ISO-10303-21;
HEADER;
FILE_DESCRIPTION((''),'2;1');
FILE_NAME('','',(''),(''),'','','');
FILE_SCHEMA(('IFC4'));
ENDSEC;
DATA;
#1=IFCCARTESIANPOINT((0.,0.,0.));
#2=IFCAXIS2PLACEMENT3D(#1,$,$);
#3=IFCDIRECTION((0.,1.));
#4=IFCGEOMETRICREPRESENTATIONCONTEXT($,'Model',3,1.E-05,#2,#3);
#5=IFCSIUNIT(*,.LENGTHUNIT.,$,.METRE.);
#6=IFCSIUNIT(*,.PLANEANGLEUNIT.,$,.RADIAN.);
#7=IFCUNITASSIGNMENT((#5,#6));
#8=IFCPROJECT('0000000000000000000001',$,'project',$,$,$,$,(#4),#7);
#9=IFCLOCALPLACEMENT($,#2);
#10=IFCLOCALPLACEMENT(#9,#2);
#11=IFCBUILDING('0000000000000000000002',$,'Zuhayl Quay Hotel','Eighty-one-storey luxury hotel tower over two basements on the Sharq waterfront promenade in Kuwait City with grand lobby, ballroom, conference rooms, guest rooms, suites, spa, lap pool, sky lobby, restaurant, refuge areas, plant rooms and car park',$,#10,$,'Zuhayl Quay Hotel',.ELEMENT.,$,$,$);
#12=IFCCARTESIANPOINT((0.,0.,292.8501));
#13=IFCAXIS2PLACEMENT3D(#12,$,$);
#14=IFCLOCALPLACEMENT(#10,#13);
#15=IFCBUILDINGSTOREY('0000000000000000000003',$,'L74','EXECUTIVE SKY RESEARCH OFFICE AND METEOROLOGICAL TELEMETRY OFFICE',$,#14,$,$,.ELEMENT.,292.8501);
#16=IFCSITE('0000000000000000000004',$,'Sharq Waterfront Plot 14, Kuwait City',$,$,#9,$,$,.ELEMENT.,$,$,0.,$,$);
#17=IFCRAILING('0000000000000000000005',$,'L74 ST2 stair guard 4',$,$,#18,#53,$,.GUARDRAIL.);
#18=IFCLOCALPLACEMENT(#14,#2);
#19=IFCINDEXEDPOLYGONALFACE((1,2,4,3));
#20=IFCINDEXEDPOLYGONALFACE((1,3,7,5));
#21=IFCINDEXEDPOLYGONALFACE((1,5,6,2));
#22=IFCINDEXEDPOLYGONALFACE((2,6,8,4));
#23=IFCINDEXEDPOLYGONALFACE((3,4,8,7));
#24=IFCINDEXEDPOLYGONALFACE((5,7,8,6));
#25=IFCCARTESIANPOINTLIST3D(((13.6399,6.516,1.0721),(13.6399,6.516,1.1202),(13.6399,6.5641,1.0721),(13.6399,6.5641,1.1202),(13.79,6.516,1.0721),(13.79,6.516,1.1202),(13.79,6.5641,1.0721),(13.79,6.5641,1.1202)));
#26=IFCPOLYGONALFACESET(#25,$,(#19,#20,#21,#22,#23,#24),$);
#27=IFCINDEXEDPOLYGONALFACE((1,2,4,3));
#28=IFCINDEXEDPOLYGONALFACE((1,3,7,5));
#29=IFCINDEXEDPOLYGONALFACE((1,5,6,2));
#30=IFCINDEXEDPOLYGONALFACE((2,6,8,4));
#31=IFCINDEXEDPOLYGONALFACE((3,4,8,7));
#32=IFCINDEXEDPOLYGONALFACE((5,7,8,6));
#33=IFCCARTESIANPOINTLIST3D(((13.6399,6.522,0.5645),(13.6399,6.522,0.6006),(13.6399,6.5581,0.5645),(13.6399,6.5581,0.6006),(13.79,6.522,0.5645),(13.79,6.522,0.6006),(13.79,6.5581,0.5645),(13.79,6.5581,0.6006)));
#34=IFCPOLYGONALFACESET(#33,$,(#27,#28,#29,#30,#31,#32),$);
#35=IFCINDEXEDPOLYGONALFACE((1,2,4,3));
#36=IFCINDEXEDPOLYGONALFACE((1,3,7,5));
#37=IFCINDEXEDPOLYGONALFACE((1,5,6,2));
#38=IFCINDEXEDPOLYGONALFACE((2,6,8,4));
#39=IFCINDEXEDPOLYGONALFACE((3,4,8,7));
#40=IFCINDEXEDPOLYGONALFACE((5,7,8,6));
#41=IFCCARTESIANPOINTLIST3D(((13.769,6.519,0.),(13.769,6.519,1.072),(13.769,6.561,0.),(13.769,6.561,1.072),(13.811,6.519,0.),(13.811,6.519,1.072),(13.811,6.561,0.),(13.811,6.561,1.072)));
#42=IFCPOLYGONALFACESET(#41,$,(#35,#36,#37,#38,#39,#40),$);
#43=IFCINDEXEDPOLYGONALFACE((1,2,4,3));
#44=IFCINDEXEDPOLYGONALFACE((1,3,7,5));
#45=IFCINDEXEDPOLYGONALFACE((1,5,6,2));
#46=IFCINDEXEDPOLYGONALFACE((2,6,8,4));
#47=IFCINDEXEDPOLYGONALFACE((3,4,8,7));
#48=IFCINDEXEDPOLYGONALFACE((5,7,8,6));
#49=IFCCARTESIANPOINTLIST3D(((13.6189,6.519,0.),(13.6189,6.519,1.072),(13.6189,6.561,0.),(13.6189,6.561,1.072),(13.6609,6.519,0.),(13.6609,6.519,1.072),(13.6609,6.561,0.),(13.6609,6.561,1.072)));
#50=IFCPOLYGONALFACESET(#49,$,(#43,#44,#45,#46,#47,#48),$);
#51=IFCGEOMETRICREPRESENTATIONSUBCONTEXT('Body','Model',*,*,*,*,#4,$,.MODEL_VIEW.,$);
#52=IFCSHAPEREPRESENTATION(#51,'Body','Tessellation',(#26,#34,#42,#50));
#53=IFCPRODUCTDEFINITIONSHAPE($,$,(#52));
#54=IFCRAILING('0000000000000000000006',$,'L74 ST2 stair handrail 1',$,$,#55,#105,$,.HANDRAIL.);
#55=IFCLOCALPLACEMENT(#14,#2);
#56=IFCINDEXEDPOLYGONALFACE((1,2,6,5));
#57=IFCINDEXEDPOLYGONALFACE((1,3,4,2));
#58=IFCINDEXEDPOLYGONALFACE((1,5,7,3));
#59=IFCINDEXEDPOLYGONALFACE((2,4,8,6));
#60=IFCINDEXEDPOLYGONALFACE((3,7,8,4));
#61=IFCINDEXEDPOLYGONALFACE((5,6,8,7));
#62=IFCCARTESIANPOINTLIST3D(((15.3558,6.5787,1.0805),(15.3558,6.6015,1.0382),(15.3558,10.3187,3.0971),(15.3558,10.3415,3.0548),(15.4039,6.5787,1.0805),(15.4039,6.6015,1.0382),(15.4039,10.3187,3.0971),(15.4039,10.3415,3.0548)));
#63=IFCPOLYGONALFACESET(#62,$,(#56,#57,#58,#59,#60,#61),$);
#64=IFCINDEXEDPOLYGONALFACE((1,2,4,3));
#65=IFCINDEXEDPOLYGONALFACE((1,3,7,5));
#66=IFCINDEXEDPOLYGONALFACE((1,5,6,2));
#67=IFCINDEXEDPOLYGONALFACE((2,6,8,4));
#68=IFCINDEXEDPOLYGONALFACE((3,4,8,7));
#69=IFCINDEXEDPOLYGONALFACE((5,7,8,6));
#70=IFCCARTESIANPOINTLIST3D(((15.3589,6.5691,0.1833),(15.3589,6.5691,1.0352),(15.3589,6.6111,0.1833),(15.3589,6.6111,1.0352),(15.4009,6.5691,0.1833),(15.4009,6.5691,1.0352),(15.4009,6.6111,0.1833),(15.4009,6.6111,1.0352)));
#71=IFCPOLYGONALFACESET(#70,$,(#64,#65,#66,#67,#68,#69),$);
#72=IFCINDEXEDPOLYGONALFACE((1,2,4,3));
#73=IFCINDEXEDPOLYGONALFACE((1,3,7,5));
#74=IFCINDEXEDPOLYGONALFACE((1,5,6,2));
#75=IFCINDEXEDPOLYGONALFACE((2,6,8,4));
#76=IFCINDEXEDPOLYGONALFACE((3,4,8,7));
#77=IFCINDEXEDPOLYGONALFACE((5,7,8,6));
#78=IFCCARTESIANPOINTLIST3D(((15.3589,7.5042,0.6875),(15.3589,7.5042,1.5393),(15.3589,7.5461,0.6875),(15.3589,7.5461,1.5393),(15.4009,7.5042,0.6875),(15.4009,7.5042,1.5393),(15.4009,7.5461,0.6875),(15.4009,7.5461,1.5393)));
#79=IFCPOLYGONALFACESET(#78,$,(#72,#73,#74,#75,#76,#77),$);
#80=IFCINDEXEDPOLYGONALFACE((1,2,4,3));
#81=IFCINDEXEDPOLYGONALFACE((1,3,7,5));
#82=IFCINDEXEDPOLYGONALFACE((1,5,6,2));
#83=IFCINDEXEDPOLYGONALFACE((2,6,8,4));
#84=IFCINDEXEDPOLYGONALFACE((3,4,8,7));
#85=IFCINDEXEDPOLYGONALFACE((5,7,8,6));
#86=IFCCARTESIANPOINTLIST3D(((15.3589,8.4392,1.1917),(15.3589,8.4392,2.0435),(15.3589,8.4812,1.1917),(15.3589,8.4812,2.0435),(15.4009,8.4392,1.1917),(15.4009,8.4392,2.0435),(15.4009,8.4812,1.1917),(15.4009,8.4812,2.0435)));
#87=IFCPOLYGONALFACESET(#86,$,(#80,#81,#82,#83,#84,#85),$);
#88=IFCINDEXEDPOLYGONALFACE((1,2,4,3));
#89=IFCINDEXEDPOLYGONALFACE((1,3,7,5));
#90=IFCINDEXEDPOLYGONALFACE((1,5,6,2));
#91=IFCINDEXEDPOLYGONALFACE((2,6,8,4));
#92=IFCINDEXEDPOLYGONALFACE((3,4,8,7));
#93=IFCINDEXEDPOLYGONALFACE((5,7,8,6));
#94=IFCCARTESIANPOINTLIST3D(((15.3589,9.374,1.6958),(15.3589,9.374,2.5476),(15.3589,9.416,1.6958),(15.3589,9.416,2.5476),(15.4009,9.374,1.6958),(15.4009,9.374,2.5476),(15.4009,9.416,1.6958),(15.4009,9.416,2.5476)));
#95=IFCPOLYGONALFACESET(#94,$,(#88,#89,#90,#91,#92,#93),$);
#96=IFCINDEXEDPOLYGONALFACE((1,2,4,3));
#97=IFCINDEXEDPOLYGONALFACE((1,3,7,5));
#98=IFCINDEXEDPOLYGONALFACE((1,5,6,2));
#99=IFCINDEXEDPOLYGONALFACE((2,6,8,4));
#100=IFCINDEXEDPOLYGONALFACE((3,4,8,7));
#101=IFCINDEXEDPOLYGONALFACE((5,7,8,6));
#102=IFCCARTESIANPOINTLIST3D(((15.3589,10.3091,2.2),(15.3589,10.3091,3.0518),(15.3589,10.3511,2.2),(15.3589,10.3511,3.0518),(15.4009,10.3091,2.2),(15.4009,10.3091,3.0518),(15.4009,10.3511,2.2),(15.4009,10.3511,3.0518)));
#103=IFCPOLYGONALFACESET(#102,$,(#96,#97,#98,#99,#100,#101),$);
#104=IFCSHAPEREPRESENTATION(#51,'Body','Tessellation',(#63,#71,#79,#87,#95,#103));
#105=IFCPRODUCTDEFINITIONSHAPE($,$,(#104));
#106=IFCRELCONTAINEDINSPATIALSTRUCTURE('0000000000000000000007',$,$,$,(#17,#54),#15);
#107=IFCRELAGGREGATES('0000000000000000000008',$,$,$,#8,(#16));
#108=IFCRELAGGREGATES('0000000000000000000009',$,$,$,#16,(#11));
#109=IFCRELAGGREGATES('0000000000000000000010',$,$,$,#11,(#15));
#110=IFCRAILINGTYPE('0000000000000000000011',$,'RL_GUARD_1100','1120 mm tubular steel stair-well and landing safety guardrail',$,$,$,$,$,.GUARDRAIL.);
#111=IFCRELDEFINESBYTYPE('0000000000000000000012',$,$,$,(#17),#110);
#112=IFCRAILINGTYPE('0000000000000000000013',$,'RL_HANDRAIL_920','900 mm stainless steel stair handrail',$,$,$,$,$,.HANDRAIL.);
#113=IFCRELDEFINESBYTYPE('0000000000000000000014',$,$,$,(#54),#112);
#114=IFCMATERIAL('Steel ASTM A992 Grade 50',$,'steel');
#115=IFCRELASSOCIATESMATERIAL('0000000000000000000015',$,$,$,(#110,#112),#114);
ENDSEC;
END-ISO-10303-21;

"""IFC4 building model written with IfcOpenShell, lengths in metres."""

from ifc_helpers import new_model, si_unit, direction, frame, origin, origin_2d, place, context, subcontext, project, spatial, rectangle, extrude, material, type_object, element, save


model = new_model("IFC4")

# Units and contexts
model_context = context("Model", 3, precision=1e-05, world=origin(), true_north=direction((0.0, 1.0)))
body_context = subcontext(model_context, "Body", "Model", "MODEL_VIEW")
ifc_project = project(units=[si_unit("LENGTHUNIT", "METRE"), si_unit("PLANEANGLEUNIT", "RADIAN")], contexts=[model_context])

# Site, building, storey
site_placement = place(None, origin())
site = spatial("IfcSite", under=ifc_project, at=site_placement, Name="Sharq Waterfront Plot 14, Kuwait City", CompositionType="ELEMENT", RefElevation=0.0)
building_placement = place(site_placement, origin())
building = spatial("IfcBuilding", under=site, at=building_placement, Name="Zuhayl Quay Hotel", Description="Eighty-one-storey luxury hotel tower over two basements on the Sharq waterfront promenade in Kuwait City with grand lobby, ballroom, conference rooms, guest rooms, suites, spa, lap pool, sky lobby, restaurant, refuge areas, plant rooms and car park", LongName="Zuhayl Quay Hotel", CompositionType="ELEMENT")
storey_placement = place(building_placement, frame((0.0, 0.0, 292.8501)))
storey = spatial("IfcBuildingStorey", under=building, at=storey_placement, Name="L74", Description="EXECUTIVE SKY RESEARCH OFFICE AND METEOROLOGICAL TELEMETRY OFFICE", CompositionType="ELEMENT", Elevation=292.8501)

# Shared definitions
ifc_material_1 = material(Name="Steel ASTM A992 Grade 50", Category="steel")

# Railings
railing_type_1 = type_object("IfcRailingType", Name="RL_GUARD_1100", Description="1120 mm tubular steel stair-well and landing safety guardrail", PredefinedType="GUARDRAIL", material=ifc_material_1)
railing_1_placement = place(storey_placement, frame((13.79, 6.54, 0.0)))
element("IfcRailing", 1, at=railing_1_placement, inside=storey, type_object=railing_type_1, Name="L74 ST2 stair guard 4", PredefinedType="GUARDRAIL", context=body_context, shape_type="SweptSolid", body=[
    extrude(rectangle(XDim=0.0481, YDim=0.0481, at=origin_2d()), frame((0.0, 0.0, 1.0962), z_axis=(-1.0, 0.0, 0.0), x_axis=(0.0, -1.0, 0.0)), (0.0, 0.0, 1.0), 0.1501),
    extrude(rectangle(XDim=0.0361, YDim=0.0361, at=origin_2d()), frame((0.0, 0.0, 0.5825), z_axis=(-1.0, 0.0, 0.0), x_axis=(0.0, -1.0, 0.0)), (0.0, 0.0, 1.0), 0.1501),
    extrude(rectangle(XDim=0.042, YDim=0.042, at=origin_2d()), origin(), (0.0, 0.0, 1.0), 1.072),
    extrude(rectangle(XDim=0.042, YDim=0.042, at=origin_2d()), frame((-0.1501, 0.0, 0.0)), (0.0, 0.0, 1.0), 1.072),
])
railing_type_2 = type_object("IfcRailingType", Name="RL_HANDRAIL_920", Description="900 mm stainless steel stair handrail", PredefinedType="HANDRAIL", material=ifc_material_1)
railing_2_placement = place(storey_placement, frame((15.3799, 6.5901, 0.1833)))
element("IfcRailing", 2, at=railing_2_placement, inside=storey, type_object=railing_type_2, Name="L74 ST2 stair handrail 1", PredefinedType="HANDRAIL", context=body_context, shape_type="SweptSolid", body=[
    extrude(rectangle(XDim=0.0481, YDim=0.0481, at=origin_2d()), frame((0.0, 0.0, 0.876), z_axis=(0.0, 0.8802, 0.474603), x_axis=(-1.0, 0.0, 0.0)), (0.0, 0.0, 1.0), 4.249),
    extrude(rectangle(XDim=0.042, YDim=0.042, at=origin_2d()), origin(), (0.0, 0.0, 1.0), 0.8518),
    extrude(rectangle(XDim=0.042, YDim=0.042, at=origin_2d()), frame((0.0, 0.9351, 0.5042)), (0.0, 0.0, 1.0), 0.8518),
    extrude(rectangle(XDim=0.042, YDim=0.042, at=origin_2d()), frame((0.0, 1.8701, 1.0083)), (0.0, 0.0, 1.0), 0.8518),
    extrude(rectangle(XDim=0.042, YDim=0.042, at=origin_2d()), frame((0.0, 2.8049, 1.5125)), (0.0, 0.0, 1.0), 0.8518),
    extrude(rectangle(XDim=0.042, YDim=0.042, at=origin_2d()), frame((0.0, 3.74, 2.0166)), (0.0, 0.0, 1.0), 0.8518),
])

save(model, "model.ifc")
